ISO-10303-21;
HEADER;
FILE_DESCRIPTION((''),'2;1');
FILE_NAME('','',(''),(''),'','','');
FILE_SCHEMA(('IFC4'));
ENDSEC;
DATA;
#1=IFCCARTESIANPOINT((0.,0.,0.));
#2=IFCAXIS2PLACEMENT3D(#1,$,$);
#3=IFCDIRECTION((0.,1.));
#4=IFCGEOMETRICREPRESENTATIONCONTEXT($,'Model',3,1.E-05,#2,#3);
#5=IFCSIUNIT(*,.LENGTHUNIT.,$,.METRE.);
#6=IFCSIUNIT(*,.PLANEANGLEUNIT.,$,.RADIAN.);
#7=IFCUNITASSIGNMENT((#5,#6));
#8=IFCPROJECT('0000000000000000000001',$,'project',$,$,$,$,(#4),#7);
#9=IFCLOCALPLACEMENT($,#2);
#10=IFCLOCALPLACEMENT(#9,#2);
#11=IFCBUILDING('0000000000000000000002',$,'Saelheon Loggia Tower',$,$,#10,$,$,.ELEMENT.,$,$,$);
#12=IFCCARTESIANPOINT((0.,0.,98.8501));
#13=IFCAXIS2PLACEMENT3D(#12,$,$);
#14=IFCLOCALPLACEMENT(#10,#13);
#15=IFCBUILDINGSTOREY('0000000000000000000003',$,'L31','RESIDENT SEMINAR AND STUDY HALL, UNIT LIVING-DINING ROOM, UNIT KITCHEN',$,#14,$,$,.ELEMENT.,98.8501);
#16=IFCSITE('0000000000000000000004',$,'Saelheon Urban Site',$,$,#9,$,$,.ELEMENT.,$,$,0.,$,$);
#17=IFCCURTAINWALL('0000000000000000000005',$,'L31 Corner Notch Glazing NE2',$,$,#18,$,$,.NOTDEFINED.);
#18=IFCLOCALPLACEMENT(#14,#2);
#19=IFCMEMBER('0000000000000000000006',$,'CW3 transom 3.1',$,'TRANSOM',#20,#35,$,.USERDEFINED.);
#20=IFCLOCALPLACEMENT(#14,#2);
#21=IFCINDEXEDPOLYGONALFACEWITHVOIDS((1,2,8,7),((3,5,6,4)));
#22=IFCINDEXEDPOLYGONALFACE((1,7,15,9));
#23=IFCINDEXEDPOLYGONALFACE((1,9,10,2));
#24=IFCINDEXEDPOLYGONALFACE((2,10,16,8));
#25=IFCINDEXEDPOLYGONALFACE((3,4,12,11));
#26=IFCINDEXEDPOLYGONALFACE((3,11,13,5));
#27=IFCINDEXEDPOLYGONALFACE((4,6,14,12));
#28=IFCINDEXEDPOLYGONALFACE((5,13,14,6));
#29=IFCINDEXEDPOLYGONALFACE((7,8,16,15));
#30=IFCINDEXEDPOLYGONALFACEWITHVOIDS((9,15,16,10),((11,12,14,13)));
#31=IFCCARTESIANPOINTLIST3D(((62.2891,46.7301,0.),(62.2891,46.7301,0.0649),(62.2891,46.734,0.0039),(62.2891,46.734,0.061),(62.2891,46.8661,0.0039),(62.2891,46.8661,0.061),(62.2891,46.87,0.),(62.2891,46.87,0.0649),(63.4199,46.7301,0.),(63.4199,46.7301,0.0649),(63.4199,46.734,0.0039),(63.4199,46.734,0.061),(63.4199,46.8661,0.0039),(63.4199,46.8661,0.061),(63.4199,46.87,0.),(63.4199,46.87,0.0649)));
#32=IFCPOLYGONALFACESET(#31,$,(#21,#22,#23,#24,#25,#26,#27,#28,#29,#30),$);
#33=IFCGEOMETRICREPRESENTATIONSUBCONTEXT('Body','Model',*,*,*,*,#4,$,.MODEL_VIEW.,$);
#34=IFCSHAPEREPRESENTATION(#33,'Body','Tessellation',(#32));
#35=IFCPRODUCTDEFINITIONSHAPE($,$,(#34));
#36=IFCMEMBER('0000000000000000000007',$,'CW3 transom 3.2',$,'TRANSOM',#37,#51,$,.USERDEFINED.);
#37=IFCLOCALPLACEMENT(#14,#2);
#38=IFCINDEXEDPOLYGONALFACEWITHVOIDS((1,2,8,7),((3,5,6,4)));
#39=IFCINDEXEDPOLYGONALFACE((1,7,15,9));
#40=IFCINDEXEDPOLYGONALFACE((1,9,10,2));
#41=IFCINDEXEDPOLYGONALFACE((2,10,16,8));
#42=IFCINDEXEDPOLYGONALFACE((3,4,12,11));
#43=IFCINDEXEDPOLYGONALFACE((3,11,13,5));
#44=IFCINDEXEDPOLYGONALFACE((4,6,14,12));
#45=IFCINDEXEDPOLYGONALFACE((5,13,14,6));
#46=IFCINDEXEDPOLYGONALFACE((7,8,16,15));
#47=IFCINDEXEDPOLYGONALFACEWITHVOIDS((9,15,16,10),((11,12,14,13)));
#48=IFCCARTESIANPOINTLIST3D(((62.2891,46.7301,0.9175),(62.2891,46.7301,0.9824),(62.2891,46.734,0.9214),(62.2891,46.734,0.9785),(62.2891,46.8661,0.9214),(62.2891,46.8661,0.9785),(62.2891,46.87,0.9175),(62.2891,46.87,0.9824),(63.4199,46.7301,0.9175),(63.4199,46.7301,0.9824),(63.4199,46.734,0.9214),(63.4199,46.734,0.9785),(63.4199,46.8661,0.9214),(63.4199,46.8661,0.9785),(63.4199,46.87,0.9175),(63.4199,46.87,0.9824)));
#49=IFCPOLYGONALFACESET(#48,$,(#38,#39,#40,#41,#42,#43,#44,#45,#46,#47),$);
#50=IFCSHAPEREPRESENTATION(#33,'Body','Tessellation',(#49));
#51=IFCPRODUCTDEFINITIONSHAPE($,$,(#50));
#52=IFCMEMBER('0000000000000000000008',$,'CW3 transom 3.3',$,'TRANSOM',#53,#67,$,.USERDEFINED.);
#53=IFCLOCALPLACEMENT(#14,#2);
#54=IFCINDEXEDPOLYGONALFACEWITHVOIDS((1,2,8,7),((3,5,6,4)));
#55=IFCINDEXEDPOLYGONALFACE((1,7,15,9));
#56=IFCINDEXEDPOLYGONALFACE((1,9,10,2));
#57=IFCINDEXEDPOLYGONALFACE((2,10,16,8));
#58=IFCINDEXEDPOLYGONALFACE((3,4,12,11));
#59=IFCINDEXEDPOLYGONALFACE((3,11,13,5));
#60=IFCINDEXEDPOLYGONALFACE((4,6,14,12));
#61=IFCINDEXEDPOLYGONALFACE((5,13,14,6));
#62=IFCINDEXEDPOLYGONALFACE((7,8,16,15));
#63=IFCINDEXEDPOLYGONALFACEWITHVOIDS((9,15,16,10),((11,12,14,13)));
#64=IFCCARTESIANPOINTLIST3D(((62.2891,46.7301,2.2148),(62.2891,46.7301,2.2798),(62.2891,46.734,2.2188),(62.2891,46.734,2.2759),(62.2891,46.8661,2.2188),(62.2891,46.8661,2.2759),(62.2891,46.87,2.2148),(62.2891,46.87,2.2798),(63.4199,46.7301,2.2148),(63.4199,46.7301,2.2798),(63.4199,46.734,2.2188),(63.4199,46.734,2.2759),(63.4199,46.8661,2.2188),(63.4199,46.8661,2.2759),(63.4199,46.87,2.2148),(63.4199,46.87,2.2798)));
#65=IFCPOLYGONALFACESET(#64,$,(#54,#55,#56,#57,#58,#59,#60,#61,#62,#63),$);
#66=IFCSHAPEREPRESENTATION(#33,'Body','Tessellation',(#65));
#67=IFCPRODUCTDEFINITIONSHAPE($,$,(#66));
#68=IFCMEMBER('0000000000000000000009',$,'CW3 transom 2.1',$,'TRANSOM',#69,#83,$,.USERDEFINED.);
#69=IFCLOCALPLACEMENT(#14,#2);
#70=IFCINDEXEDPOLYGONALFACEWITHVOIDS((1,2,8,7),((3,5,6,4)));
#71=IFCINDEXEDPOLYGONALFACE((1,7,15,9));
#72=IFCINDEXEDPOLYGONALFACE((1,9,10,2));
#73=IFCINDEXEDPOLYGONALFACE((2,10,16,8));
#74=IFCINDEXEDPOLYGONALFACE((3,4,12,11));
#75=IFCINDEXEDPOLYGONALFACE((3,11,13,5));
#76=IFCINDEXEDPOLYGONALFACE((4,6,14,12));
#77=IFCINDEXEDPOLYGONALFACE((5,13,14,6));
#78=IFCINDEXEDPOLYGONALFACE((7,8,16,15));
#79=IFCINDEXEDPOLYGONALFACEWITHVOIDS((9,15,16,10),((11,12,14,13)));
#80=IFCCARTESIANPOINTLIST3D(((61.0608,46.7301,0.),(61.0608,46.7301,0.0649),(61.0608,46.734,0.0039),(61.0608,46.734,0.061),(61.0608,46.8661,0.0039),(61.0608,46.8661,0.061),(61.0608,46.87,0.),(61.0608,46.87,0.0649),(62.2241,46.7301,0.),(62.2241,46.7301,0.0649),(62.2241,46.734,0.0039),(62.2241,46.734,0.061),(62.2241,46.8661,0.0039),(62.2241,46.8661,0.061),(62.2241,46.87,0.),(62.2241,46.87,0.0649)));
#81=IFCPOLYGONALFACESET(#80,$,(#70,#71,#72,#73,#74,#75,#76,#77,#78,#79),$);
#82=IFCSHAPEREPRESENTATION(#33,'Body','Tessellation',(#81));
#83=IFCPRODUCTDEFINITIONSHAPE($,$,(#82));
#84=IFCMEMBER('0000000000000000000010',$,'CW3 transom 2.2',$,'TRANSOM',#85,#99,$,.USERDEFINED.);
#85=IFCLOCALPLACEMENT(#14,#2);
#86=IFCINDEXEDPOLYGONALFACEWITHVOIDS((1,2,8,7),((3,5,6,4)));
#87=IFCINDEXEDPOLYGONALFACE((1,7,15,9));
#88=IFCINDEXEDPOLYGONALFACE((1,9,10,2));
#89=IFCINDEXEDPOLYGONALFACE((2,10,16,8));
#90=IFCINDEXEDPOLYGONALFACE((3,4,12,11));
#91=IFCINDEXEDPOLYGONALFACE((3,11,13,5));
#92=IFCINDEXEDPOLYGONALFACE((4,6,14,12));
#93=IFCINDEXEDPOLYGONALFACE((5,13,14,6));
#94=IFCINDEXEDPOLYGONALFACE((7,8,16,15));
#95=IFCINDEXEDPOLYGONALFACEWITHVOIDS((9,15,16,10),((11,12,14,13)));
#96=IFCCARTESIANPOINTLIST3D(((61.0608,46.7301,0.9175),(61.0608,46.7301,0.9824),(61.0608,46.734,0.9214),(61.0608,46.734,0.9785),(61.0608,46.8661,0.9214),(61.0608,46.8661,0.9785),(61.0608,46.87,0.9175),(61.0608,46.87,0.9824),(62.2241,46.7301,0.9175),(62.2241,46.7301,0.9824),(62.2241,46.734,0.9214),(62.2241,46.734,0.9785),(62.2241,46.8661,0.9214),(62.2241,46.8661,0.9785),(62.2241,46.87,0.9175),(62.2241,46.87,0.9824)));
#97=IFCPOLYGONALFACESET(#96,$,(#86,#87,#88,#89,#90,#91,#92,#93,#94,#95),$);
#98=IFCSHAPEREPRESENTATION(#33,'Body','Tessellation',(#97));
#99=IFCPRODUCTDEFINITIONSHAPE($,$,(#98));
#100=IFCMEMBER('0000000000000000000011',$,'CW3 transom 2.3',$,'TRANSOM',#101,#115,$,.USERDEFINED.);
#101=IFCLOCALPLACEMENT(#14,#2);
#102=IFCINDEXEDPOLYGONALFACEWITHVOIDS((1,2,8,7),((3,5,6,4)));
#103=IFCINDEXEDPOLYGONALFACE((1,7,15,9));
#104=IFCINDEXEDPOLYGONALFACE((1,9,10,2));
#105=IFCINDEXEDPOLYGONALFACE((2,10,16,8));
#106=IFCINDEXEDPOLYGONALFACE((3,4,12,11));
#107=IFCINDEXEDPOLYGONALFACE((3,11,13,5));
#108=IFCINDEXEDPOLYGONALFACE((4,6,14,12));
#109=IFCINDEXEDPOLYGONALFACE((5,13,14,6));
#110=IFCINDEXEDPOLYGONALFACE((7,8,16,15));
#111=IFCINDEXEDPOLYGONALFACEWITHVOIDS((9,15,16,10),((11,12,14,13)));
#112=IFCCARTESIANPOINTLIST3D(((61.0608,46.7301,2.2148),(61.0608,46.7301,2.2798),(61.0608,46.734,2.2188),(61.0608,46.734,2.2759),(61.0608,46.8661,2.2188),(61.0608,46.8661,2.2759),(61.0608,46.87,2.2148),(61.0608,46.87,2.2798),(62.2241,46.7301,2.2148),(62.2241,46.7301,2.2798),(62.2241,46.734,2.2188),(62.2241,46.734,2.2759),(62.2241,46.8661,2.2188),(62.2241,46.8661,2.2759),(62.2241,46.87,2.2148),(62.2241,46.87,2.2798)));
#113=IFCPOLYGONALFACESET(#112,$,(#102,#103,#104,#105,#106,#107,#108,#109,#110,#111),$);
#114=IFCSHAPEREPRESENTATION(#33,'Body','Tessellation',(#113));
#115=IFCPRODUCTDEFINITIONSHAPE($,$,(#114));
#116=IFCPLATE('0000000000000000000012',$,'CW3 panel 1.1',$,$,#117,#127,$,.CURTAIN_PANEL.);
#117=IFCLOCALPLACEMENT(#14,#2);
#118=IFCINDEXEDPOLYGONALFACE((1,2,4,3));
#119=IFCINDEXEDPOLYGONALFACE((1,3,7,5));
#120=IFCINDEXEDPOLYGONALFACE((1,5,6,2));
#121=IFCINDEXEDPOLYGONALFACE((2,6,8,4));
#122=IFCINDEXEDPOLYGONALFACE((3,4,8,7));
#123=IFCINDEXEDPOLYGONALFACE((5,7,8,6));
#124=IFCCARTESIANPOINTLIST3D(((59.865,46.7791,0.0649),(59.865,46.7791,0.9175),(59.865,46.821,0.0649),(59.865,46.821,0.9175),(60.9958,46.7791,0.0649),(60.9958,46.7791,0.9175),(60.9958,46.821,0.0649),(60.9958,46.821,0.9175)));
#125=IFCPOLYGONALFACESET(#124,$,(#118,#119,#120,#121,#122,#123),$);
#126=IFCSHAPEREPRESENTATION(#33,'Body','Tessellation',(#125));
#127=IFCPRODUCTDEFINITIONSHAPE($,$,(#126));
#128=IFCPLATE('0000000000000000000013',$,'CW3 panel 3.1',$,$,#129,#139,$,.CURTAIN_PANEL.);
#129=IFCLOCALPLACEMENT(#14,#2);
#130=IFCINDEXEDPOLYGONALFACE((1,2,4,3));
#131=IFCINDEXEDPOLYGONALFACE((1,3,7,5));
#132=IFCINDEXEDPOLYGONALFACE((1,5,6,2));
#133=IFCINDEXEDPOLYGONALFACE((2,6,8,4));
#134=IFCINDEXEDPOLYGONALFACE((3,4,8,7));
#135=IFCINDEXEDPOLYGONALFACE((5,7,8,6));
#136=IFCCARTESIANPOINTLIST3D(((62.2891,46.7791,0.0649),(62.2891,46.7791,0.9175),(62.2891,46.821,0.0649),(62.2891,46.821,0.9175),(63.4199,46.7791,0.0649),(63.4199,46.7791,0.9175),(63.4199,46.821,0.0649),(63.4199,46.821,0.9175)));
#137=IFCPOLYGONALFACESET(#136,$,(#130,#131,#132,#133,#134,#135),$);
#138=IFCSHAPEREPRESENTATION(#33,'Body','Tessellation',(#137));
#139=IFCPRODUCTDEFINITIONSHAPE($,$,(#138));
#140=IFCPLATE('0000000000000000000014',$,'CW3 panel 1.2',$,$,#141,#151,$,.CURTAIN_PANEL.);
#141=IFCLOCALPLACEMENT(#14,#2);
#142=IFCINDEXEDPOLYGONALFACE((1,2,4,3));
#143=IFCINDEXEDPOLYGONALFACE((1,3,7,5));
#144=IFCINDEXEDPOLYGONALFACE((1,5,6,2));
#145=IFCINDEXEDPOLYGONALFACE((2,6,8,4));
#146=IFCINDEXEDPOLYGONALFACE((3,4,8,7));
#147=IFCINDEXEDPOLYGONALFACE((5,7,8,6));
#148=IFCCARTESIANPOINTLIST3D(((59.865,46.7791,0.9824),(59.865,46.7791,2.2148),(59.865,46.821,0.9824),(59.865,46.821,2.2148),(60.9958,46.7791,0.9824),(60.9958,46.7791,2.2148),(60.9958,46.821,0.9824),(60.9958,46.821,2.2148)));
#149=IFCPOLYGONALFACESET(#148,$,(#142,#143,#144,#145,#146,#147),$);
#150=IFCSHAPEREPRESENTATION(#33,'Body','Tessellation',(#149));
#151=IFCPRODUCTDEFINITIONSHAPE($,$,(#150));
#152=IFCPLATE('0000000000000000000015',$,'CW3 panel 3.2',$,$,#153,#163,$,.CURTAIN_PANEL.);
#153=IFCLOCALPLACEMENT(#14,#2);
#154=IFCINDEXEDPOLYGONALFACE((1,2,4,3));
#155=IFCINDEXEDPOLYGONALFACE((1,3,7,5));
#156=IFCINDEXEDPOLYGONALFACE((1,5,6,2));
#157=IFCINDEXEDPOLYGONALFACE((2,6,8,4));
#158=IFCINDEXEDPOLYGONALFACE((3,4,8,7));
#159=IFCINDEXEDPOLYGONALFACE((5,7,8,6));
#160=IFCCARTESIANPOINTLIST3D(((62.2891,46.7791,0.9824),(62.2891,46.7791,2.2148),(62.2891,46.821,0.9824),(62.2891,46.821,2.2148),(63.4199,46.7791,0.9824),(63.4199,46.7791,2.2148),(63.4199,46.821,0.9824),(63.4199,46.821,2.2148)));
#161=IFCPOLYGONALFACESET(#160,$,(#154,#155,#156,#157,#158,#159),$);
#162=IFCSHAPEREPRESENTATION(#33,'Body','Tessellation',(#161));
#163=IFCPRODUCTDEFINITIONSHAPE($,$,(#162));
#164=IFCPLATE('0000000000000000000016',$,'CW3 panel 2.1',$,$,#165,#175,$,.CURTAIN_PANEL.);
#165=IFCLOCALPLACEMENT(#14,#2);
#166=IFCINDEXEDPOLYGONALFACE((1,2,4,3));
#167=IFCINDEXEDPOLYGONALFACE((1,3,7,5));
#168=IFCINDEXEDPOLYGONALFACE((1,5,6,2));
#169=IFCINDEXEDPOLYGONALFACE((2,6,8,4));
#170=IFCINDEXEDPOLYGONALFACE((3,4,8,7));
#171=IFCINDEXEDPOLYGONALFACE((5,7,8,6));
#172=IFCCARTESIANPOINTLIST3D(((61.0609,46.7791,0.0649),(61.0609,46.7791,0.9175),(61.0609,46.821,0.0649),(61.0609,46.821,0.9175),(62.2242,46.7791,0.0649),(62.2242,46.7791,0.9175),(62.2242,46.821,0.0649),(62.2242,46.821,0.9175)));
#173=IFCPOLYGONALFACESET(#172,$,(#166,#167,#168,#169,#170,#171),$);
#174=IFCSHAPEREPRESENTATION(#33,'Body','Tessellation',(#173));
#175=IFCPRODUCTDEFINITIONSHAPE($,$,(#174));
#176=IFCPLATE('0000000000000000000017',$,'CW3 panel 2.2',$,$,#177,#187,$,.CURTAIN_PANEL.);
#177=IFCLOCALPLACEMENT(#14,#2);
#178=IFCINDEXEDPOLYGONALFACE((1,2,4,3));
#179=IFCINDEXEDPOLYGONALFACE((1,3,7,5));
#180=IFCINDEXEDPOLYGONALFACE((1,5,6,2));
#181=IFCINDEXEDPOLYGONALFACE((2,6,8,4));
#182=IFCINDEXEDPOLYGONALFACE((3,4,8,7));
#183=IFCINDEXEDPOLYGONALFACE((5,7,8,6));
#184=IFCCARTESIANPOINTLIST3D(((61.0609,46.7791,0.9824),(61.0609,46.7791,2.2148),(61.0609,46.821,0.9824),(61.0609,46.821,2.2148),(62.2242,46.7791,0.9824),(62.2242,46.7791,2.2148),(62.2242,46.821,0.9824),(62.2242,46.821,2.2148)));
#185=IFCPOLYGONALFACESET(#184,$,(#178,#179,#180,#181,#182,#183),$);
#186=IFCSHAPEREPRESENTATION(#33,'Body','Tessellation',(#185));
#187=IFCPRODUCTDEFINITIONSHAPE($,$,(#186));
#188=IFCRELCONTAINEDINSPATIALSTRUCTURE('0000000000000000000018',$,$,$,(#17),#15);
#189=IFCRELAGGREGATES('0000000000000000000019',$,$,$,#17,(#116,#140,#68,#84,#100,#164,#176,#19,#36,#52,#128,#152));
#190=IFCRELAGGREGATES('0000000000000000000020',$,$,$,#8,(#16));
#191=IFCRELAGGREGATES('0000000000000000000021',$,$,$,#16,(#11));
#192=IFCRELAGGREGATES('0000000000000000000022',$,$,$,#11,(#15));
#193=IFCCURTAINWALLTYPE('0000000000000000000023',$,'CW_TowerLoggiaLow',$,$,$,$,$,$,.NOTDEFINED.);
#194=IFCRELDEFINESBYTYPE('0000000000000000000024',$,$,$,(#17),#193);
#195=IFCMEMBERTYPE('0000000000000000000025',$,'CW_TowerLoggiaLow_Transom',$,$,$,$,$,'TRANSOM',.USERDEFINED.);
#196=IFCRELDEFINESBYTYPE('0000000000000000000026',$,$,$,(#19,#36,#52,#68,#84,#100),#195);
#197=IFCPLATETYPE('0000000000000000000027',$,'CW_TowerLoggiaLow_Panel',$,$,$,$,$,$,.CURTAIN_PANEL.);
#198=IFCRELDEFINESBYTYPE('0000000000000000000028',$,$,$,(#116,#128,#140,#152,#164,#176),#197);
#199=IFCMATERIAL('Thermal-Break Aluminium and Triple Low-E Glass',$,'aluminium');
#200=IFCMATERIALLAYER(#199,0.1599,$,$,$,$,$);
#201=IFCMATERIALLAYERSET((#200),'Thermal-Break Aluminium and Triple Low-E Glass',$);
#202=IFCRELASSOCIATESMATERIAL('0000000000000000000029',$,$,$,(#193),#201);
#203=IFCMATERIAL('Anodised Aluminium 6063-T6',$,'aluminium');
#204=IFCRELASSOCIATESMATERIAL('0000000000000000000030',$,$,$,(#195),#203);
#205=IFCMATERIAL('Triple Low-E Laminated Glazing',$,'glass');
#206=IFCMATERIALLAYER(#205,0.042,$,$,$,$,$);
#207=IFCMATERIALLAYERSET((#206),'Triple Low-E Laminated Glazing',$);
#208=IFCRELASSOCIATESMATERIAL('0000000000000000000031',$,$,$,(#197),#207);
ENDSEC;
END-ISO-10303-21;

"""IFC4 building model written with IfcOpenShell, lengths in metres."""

from ifc_helpers import new_model, si_unit, direction, frame, origin, origin_2d, place, context, subcontext, project, spatial, rectangle, hollow_rectangle, extrude, source, transform, mapped, material, layer, layer_set, material_profile, profile_set, type_object, element, aggregate, save


model = new_model("IFC4")

# Units and contexts
model_context = context("Model", 3, precision=1e-05, world=origin(), true_north=direction((0.0, 1.0)))
body_context = subcontext(model_context, "Body", "Model", "MODEL_VIEW")
ifc_project = project(units=[si_unit("LENGTHUNIT", "METRE"), si_unit("PLANEANGLEUNIT", "RADIAN")], contexts=[model_context])

# Site, building, storey
site_placement = place(None, origin())
site = spatial("IfcSite", under=ifc_project, at=site_placement, Name="Saelheon Urban Site", CompositionType="ELEMENT", RefElevation=0.0)
building_placement = place(site_placement, origin())
building = spatial("IfcBuilding", under=site, at=building_placement, Name="Saelheon Loggia Tower", CompositionType="ELEMENT")
storey_placement = place(building_placement, frame((0.0, 0.0, 98.8501)))
storey = spatial("IfcBuildingStorey", under=building, at=storey_placement, Name="L31", Description="RESIDENT SEMINAR AND STUDY HALL, UNIT LIVING-DINING ROOM, UNIT KITCHEN", CompositionType="ELEMENT", Elevation=98.8501)

# Shared definitions
ifc_material_1 = material(Name="Thermal-Break Aluminium and Triple Low-E Glass", Category="aluminium")
ifc_layer_1 = layer(ifc_material_1, 0.1599)
ifc_layer_set_1 = layer_set([ifc_layer_1], Name="Thermal-Break Aluminium and Triple Low-E Glass")
curtain_wall_type = type_object("IfcCurtainWallType", Name="CW_TowerLoggiaLow", PredefinedType="NOTDEFINED", material=ifc_layer_set_1)
ifc_material_2 = material(Name="Anodised Aluminium 6063-T6", Category="aluminium")

# Curtain wall, members, plates
curtain_wall_1_placement = place(storey_placement, origin())
curtain_wall_1 = element("IfcCurtainWall", 1, at=curtain_wall_1_placement, inside=storey, type_object=curtain_wall_type, Name="L31 Corner Notch Glazing NE2", PredefinedType="NOTDEFINED")
ifc_material_profile_1 = material_profile(ifc_material_2, hollow_rectangle(XDim=0.0649, YDim=0.1399, WallThickness=0.0039, at=origin_2d()), Name="RHS-140x65x4")
ifc_profile_set_1 = profile_set([ifc_material_profile_1], Name="Anodised Aluminium 6063-T6")
member_type_1 = type_object("IfcMemberType", Name="CW_TowerLoggiaLow_Transom", ElementType="TRANSOM", PredefinedType="USERDEFINED", material=ifc_profile_set_1)
shared_shape_1 = source(origin(), body_context, "Body", "SweptSolid", [
    extrude(hollow_rectangle(XDim=0.0649, YDim=0.1399, WallThickness=0.0039, at=origin_2d()), origin(), (0.0, 0.0, 1.0), 1.1309),
])
member_1_placement = place(storey_placement, frame((62.2891, 46.8, 0.0325), z_axis=(1.0, 0.0, 0.0), x_axis=(0.0, 0.0, 1.0)))
member_1 = element("IfcMember", 2, at=member_1_placement, type_object=member_type_1, Name="CW3 transom 3.1", ObjectType="TRANSOM", PredefinedType="USERDEFINED", context=body_context, shape_type="MappedRepresentation", body=[
    mapped(shared_shape_1, transform((0.0, 0.0, 0.0), scale=1.0)),
])
member_2_placement = place(storey_placement, frame((62.2891, 46.8, 0.95), z_axis=(1.0, 0.0, 0.0), x_axis=(0.0, 0.0, 1.0)))
member_2 = element("IfcMember", 3, at=member_2_placement, type_object=member_type_1, Name="CW3 transom 3.2", ObjectType="TRANSOM", PredefinedType="USERDEFINED", context=body_context, shape_type="MappedRepresentation", body=[
    mapped(shared_shape_1, transform((0.0, 0.0, 0.0), scale=1.0)),
])
member_3_placement = place(storey_placement, frame((62.2891, 46.8, 2.2473), z_axis=(1.0, 0.0, 0.0), x_axis=(0.0, 0.0, 1.0)))
member_3 = element("IfcMember", 4, at=member_3_placement, type_object=member_type_1, Name="CW3 transom 3.3", ObjectType="TRANSOM", PredefinedType="USERDEFINED", context=body_context, shape_type="MappedRepresentation", body=[
    mapped(shared_shape_1, transform((0.0, 0.0, 0.0), scale=1.0)),
])
shared_shape_2 = source(origin(), body_context, "Body", "SweptSolid", [
    extrude(hollow_rectangle(XDim=0.0649, YDim=0.1399, WallThickness=0.0039, at=origin_2d()), origin(), (0.0, 0.0, 1.0), 1.1633),
])
member_4_placement = place(storey_placement, frame((61.0608, 46.8, 0.0325), z_axis=(1.0, 0.0, 0.0), x_axis=(0.0, 0.0, 1.0)))
member_4 = element("IfcMember", 5, at=member_4_placement, type_object=member_type_1, Name="CW3 transom 2.1", ObjectType="TRANSOM", PredefinedType="USERDEFINED", context=body_context, shape_type="MappedRepresentation", body=[
    mapped(shared_shape_2, transform((0.0, 0.0, 0.0), scale=1.0)),
])
member_5_placement = place(storey_placement, frame((61.0608, 46.8, 0.95), z_axis=(1.0, 0.0, 0.0), x_axis=(0.0, 0.0, 1.0)))
member_5 = element("IfcMember", 6, at=member_5_placement, type_object=member_type_1, Name="CW3 transom 2.2", ObjectType="TRANSOM", PredefinedType="USERDEFINED", context=body_context, shape_type="MappedRepresentation", body=[
    mapped(shared_shape_2, transform((0.0, 0.0, 0.0), scale=1.0)),
])
member_6_placement = place(storey_placement, frame((61.0608, 46.8, 2.2473), z_axis=(1.0, 0.0, 0.0), x_axis=(0.0, 0.0, 1.0)))
member_6 = element("IfcMember", 7, at=member_6_placement, type_object=member_type_1, Name="CW3 transom 2.3", ObjectType="TRANSOM", PredefinedType="USERDEFINED", context=body_context, shape_type="MappedRepresentation", body=[
    mapped(shared_shape_2, transform((0.0, 0.0, 0.0), scale=1.0)),
])
ifc_material_3 = material(Name="Triple Low-E Laminated Glazing", Category="glass")
ifc_layer_2 = layer(ifc_material_3, 0.042)
ifc_layer_set_2 = layer_set([ifc_layer_2], Name="Triple Low-E Laminated Glazing")
plate_type = type_object("IfcPlateType", Name="CW_TowerLoggiaLow_Panel", PredefinedType="CURTAIN_PANEL", material=ifc_layer_set_2)
shared_shape_3 = source(origin(), body_context, "Body", "SweptSolid", [
    extrude(rectangle(XDim=1.1309, YDim=0.042, at=origin_2d()), origin(), (0.0, 0.0, 1.0), 0.8525),
])
plate_1_placement = place(storey_placement, frame((60.4304, 46.8, 0.0649), z_axis=(0.0, 0.0, 1.0), x_axis=(1.0, 0.0, 0.0)))
plate_1 = element("IfcPlate", 8, at=plate_1_placement, type_object=plate_type, Name="CW3 panel 1.1", PredefinedType="CURTAIN_PANEL", context=body_context, shape_type="MappedRepresentation", body=[
    mapped(shared_shape_3, transform((0.0, 0.0, 0.0), scale=1.0)),
])
plate_2_placement = place(storey_placement, frame((62.8545, 46.8, 0.0649), z_axis=(0.0, 0.0, 1.0), x_axis=(1.0, 0.0, 0.0)))
plate_2 = element("IfcPlate", 9, at=plate_2_placement, type_object=plate_type, Name="CW3 panel 3.1", PredefinedType="CURTAIN_PANEL", context=body_context, shape_type="MappedRepresentation", body=[
    mapped(shared_shape_3, transform((0.0, 0.0, 0.0), scale=1.0)),
])
shared_shape_4 = source(origin(), body_context, "Body", "SweptSolid", [
    extrude(rectangle(XDim=1.1309, YDim=0.042, at=origin_2d()), origin(), (0.0, 0.0, 1.0), 1.2324),
])
plate_3_placement = place(storey_placement, frame((60.4304, 46.8, 0.9824), z_axis=(0.0, 0.0, 1.0), x_axis=(1.0, 0.0, 0.0)))
plate_3 = element("IfcPlate", 10, at=plate_3_placement, type_object=plate_type, Name="CW3 panel 1.2", PredefinedType="CURTAIN_PANEL", context=body_context, shape_type="MappedRepresentation", body=[
    mapped(shared_shape_4, transform((0.0, 0.0, 0.0), scale=1.0)),
])
plate_4_placement = place(storey_placement, frame((62.8545, 46.8, 0.9824), z_axis=(0.0, 0.0, 1.0), x_axis=(1.0, 0.0, 0.0)))
plate_4 = element("IfcPlate", 11, at=plate_4_placement, type_object=plate_type, Name="CW3 panel 3.2", PredefinedType="CURTAIN_PANEL", context=body_context, shape_type="MappedRepresentation", body=[
    mapped(shared_shape_4, transform((0.0, 0.0, 0.0), scale=1.0)),
])
shared_shape_5 = source(origin(), body_context, "Body", "SweptSolid", [
    extrude(rectangle(XDim=1.1633, YDim=0.042, at=origin_2d()), origin(), (0.0, 0.0, 1.0), 0.8525),
])
plate_5_placement = place(storey_placement, frame((61.6426, 46.8, 0.0649), z_axis=(0.0, 0.0, 1.0), x_axis=(1.0, 0.0, 0.0)))
plate_5 = element("IfcPlate", 12, at=plate_5_placement, type_object=plate_type, Name="CW3 panel 2.1", PredefinedType="CURTAIN_PANEL", context=body_context, shape_type="MappedRepresentation", body=[
    mapped(shared_shape_5, transform((0.0, 0.0, 0.0), scale=1.0)),
])
shared_shape_6 = source(origin(), body_context, "Body", "SweptSolid", [
    extrude(rectangle(XDim=1.1633, YDim=0.042, at=origin_2d()), origin(), (0.0, 0.0, 1.0), 1.2324),
])
plate_6_placement = place(storey_placement, frame((61.6426, 46.8, 0.9824), z_axis=(0.0, 0.0, 1.0), x_axis=(1.0, 0.0, 0.0)))
plate_6 = element("IfcPlate", 13, at=plate_6_placement, type_object=plate_type, Name="CW3 panel 2.2", PredefinedType="CURTAIN_PANEL", context=body_context, shape_type="MappedRepresentation", body=[
    mapped(shared_shape_6, transform((0.0, 0.0, 0.0), scale=1.0)),
])
aggregate(curtain_wall_1, [plate_1, plate_3, member_4, member_5, member_6, plate_5, plate_6, member_1, member_2, member_3, plate_2, plate_4])

save(model, "model.ifc")
